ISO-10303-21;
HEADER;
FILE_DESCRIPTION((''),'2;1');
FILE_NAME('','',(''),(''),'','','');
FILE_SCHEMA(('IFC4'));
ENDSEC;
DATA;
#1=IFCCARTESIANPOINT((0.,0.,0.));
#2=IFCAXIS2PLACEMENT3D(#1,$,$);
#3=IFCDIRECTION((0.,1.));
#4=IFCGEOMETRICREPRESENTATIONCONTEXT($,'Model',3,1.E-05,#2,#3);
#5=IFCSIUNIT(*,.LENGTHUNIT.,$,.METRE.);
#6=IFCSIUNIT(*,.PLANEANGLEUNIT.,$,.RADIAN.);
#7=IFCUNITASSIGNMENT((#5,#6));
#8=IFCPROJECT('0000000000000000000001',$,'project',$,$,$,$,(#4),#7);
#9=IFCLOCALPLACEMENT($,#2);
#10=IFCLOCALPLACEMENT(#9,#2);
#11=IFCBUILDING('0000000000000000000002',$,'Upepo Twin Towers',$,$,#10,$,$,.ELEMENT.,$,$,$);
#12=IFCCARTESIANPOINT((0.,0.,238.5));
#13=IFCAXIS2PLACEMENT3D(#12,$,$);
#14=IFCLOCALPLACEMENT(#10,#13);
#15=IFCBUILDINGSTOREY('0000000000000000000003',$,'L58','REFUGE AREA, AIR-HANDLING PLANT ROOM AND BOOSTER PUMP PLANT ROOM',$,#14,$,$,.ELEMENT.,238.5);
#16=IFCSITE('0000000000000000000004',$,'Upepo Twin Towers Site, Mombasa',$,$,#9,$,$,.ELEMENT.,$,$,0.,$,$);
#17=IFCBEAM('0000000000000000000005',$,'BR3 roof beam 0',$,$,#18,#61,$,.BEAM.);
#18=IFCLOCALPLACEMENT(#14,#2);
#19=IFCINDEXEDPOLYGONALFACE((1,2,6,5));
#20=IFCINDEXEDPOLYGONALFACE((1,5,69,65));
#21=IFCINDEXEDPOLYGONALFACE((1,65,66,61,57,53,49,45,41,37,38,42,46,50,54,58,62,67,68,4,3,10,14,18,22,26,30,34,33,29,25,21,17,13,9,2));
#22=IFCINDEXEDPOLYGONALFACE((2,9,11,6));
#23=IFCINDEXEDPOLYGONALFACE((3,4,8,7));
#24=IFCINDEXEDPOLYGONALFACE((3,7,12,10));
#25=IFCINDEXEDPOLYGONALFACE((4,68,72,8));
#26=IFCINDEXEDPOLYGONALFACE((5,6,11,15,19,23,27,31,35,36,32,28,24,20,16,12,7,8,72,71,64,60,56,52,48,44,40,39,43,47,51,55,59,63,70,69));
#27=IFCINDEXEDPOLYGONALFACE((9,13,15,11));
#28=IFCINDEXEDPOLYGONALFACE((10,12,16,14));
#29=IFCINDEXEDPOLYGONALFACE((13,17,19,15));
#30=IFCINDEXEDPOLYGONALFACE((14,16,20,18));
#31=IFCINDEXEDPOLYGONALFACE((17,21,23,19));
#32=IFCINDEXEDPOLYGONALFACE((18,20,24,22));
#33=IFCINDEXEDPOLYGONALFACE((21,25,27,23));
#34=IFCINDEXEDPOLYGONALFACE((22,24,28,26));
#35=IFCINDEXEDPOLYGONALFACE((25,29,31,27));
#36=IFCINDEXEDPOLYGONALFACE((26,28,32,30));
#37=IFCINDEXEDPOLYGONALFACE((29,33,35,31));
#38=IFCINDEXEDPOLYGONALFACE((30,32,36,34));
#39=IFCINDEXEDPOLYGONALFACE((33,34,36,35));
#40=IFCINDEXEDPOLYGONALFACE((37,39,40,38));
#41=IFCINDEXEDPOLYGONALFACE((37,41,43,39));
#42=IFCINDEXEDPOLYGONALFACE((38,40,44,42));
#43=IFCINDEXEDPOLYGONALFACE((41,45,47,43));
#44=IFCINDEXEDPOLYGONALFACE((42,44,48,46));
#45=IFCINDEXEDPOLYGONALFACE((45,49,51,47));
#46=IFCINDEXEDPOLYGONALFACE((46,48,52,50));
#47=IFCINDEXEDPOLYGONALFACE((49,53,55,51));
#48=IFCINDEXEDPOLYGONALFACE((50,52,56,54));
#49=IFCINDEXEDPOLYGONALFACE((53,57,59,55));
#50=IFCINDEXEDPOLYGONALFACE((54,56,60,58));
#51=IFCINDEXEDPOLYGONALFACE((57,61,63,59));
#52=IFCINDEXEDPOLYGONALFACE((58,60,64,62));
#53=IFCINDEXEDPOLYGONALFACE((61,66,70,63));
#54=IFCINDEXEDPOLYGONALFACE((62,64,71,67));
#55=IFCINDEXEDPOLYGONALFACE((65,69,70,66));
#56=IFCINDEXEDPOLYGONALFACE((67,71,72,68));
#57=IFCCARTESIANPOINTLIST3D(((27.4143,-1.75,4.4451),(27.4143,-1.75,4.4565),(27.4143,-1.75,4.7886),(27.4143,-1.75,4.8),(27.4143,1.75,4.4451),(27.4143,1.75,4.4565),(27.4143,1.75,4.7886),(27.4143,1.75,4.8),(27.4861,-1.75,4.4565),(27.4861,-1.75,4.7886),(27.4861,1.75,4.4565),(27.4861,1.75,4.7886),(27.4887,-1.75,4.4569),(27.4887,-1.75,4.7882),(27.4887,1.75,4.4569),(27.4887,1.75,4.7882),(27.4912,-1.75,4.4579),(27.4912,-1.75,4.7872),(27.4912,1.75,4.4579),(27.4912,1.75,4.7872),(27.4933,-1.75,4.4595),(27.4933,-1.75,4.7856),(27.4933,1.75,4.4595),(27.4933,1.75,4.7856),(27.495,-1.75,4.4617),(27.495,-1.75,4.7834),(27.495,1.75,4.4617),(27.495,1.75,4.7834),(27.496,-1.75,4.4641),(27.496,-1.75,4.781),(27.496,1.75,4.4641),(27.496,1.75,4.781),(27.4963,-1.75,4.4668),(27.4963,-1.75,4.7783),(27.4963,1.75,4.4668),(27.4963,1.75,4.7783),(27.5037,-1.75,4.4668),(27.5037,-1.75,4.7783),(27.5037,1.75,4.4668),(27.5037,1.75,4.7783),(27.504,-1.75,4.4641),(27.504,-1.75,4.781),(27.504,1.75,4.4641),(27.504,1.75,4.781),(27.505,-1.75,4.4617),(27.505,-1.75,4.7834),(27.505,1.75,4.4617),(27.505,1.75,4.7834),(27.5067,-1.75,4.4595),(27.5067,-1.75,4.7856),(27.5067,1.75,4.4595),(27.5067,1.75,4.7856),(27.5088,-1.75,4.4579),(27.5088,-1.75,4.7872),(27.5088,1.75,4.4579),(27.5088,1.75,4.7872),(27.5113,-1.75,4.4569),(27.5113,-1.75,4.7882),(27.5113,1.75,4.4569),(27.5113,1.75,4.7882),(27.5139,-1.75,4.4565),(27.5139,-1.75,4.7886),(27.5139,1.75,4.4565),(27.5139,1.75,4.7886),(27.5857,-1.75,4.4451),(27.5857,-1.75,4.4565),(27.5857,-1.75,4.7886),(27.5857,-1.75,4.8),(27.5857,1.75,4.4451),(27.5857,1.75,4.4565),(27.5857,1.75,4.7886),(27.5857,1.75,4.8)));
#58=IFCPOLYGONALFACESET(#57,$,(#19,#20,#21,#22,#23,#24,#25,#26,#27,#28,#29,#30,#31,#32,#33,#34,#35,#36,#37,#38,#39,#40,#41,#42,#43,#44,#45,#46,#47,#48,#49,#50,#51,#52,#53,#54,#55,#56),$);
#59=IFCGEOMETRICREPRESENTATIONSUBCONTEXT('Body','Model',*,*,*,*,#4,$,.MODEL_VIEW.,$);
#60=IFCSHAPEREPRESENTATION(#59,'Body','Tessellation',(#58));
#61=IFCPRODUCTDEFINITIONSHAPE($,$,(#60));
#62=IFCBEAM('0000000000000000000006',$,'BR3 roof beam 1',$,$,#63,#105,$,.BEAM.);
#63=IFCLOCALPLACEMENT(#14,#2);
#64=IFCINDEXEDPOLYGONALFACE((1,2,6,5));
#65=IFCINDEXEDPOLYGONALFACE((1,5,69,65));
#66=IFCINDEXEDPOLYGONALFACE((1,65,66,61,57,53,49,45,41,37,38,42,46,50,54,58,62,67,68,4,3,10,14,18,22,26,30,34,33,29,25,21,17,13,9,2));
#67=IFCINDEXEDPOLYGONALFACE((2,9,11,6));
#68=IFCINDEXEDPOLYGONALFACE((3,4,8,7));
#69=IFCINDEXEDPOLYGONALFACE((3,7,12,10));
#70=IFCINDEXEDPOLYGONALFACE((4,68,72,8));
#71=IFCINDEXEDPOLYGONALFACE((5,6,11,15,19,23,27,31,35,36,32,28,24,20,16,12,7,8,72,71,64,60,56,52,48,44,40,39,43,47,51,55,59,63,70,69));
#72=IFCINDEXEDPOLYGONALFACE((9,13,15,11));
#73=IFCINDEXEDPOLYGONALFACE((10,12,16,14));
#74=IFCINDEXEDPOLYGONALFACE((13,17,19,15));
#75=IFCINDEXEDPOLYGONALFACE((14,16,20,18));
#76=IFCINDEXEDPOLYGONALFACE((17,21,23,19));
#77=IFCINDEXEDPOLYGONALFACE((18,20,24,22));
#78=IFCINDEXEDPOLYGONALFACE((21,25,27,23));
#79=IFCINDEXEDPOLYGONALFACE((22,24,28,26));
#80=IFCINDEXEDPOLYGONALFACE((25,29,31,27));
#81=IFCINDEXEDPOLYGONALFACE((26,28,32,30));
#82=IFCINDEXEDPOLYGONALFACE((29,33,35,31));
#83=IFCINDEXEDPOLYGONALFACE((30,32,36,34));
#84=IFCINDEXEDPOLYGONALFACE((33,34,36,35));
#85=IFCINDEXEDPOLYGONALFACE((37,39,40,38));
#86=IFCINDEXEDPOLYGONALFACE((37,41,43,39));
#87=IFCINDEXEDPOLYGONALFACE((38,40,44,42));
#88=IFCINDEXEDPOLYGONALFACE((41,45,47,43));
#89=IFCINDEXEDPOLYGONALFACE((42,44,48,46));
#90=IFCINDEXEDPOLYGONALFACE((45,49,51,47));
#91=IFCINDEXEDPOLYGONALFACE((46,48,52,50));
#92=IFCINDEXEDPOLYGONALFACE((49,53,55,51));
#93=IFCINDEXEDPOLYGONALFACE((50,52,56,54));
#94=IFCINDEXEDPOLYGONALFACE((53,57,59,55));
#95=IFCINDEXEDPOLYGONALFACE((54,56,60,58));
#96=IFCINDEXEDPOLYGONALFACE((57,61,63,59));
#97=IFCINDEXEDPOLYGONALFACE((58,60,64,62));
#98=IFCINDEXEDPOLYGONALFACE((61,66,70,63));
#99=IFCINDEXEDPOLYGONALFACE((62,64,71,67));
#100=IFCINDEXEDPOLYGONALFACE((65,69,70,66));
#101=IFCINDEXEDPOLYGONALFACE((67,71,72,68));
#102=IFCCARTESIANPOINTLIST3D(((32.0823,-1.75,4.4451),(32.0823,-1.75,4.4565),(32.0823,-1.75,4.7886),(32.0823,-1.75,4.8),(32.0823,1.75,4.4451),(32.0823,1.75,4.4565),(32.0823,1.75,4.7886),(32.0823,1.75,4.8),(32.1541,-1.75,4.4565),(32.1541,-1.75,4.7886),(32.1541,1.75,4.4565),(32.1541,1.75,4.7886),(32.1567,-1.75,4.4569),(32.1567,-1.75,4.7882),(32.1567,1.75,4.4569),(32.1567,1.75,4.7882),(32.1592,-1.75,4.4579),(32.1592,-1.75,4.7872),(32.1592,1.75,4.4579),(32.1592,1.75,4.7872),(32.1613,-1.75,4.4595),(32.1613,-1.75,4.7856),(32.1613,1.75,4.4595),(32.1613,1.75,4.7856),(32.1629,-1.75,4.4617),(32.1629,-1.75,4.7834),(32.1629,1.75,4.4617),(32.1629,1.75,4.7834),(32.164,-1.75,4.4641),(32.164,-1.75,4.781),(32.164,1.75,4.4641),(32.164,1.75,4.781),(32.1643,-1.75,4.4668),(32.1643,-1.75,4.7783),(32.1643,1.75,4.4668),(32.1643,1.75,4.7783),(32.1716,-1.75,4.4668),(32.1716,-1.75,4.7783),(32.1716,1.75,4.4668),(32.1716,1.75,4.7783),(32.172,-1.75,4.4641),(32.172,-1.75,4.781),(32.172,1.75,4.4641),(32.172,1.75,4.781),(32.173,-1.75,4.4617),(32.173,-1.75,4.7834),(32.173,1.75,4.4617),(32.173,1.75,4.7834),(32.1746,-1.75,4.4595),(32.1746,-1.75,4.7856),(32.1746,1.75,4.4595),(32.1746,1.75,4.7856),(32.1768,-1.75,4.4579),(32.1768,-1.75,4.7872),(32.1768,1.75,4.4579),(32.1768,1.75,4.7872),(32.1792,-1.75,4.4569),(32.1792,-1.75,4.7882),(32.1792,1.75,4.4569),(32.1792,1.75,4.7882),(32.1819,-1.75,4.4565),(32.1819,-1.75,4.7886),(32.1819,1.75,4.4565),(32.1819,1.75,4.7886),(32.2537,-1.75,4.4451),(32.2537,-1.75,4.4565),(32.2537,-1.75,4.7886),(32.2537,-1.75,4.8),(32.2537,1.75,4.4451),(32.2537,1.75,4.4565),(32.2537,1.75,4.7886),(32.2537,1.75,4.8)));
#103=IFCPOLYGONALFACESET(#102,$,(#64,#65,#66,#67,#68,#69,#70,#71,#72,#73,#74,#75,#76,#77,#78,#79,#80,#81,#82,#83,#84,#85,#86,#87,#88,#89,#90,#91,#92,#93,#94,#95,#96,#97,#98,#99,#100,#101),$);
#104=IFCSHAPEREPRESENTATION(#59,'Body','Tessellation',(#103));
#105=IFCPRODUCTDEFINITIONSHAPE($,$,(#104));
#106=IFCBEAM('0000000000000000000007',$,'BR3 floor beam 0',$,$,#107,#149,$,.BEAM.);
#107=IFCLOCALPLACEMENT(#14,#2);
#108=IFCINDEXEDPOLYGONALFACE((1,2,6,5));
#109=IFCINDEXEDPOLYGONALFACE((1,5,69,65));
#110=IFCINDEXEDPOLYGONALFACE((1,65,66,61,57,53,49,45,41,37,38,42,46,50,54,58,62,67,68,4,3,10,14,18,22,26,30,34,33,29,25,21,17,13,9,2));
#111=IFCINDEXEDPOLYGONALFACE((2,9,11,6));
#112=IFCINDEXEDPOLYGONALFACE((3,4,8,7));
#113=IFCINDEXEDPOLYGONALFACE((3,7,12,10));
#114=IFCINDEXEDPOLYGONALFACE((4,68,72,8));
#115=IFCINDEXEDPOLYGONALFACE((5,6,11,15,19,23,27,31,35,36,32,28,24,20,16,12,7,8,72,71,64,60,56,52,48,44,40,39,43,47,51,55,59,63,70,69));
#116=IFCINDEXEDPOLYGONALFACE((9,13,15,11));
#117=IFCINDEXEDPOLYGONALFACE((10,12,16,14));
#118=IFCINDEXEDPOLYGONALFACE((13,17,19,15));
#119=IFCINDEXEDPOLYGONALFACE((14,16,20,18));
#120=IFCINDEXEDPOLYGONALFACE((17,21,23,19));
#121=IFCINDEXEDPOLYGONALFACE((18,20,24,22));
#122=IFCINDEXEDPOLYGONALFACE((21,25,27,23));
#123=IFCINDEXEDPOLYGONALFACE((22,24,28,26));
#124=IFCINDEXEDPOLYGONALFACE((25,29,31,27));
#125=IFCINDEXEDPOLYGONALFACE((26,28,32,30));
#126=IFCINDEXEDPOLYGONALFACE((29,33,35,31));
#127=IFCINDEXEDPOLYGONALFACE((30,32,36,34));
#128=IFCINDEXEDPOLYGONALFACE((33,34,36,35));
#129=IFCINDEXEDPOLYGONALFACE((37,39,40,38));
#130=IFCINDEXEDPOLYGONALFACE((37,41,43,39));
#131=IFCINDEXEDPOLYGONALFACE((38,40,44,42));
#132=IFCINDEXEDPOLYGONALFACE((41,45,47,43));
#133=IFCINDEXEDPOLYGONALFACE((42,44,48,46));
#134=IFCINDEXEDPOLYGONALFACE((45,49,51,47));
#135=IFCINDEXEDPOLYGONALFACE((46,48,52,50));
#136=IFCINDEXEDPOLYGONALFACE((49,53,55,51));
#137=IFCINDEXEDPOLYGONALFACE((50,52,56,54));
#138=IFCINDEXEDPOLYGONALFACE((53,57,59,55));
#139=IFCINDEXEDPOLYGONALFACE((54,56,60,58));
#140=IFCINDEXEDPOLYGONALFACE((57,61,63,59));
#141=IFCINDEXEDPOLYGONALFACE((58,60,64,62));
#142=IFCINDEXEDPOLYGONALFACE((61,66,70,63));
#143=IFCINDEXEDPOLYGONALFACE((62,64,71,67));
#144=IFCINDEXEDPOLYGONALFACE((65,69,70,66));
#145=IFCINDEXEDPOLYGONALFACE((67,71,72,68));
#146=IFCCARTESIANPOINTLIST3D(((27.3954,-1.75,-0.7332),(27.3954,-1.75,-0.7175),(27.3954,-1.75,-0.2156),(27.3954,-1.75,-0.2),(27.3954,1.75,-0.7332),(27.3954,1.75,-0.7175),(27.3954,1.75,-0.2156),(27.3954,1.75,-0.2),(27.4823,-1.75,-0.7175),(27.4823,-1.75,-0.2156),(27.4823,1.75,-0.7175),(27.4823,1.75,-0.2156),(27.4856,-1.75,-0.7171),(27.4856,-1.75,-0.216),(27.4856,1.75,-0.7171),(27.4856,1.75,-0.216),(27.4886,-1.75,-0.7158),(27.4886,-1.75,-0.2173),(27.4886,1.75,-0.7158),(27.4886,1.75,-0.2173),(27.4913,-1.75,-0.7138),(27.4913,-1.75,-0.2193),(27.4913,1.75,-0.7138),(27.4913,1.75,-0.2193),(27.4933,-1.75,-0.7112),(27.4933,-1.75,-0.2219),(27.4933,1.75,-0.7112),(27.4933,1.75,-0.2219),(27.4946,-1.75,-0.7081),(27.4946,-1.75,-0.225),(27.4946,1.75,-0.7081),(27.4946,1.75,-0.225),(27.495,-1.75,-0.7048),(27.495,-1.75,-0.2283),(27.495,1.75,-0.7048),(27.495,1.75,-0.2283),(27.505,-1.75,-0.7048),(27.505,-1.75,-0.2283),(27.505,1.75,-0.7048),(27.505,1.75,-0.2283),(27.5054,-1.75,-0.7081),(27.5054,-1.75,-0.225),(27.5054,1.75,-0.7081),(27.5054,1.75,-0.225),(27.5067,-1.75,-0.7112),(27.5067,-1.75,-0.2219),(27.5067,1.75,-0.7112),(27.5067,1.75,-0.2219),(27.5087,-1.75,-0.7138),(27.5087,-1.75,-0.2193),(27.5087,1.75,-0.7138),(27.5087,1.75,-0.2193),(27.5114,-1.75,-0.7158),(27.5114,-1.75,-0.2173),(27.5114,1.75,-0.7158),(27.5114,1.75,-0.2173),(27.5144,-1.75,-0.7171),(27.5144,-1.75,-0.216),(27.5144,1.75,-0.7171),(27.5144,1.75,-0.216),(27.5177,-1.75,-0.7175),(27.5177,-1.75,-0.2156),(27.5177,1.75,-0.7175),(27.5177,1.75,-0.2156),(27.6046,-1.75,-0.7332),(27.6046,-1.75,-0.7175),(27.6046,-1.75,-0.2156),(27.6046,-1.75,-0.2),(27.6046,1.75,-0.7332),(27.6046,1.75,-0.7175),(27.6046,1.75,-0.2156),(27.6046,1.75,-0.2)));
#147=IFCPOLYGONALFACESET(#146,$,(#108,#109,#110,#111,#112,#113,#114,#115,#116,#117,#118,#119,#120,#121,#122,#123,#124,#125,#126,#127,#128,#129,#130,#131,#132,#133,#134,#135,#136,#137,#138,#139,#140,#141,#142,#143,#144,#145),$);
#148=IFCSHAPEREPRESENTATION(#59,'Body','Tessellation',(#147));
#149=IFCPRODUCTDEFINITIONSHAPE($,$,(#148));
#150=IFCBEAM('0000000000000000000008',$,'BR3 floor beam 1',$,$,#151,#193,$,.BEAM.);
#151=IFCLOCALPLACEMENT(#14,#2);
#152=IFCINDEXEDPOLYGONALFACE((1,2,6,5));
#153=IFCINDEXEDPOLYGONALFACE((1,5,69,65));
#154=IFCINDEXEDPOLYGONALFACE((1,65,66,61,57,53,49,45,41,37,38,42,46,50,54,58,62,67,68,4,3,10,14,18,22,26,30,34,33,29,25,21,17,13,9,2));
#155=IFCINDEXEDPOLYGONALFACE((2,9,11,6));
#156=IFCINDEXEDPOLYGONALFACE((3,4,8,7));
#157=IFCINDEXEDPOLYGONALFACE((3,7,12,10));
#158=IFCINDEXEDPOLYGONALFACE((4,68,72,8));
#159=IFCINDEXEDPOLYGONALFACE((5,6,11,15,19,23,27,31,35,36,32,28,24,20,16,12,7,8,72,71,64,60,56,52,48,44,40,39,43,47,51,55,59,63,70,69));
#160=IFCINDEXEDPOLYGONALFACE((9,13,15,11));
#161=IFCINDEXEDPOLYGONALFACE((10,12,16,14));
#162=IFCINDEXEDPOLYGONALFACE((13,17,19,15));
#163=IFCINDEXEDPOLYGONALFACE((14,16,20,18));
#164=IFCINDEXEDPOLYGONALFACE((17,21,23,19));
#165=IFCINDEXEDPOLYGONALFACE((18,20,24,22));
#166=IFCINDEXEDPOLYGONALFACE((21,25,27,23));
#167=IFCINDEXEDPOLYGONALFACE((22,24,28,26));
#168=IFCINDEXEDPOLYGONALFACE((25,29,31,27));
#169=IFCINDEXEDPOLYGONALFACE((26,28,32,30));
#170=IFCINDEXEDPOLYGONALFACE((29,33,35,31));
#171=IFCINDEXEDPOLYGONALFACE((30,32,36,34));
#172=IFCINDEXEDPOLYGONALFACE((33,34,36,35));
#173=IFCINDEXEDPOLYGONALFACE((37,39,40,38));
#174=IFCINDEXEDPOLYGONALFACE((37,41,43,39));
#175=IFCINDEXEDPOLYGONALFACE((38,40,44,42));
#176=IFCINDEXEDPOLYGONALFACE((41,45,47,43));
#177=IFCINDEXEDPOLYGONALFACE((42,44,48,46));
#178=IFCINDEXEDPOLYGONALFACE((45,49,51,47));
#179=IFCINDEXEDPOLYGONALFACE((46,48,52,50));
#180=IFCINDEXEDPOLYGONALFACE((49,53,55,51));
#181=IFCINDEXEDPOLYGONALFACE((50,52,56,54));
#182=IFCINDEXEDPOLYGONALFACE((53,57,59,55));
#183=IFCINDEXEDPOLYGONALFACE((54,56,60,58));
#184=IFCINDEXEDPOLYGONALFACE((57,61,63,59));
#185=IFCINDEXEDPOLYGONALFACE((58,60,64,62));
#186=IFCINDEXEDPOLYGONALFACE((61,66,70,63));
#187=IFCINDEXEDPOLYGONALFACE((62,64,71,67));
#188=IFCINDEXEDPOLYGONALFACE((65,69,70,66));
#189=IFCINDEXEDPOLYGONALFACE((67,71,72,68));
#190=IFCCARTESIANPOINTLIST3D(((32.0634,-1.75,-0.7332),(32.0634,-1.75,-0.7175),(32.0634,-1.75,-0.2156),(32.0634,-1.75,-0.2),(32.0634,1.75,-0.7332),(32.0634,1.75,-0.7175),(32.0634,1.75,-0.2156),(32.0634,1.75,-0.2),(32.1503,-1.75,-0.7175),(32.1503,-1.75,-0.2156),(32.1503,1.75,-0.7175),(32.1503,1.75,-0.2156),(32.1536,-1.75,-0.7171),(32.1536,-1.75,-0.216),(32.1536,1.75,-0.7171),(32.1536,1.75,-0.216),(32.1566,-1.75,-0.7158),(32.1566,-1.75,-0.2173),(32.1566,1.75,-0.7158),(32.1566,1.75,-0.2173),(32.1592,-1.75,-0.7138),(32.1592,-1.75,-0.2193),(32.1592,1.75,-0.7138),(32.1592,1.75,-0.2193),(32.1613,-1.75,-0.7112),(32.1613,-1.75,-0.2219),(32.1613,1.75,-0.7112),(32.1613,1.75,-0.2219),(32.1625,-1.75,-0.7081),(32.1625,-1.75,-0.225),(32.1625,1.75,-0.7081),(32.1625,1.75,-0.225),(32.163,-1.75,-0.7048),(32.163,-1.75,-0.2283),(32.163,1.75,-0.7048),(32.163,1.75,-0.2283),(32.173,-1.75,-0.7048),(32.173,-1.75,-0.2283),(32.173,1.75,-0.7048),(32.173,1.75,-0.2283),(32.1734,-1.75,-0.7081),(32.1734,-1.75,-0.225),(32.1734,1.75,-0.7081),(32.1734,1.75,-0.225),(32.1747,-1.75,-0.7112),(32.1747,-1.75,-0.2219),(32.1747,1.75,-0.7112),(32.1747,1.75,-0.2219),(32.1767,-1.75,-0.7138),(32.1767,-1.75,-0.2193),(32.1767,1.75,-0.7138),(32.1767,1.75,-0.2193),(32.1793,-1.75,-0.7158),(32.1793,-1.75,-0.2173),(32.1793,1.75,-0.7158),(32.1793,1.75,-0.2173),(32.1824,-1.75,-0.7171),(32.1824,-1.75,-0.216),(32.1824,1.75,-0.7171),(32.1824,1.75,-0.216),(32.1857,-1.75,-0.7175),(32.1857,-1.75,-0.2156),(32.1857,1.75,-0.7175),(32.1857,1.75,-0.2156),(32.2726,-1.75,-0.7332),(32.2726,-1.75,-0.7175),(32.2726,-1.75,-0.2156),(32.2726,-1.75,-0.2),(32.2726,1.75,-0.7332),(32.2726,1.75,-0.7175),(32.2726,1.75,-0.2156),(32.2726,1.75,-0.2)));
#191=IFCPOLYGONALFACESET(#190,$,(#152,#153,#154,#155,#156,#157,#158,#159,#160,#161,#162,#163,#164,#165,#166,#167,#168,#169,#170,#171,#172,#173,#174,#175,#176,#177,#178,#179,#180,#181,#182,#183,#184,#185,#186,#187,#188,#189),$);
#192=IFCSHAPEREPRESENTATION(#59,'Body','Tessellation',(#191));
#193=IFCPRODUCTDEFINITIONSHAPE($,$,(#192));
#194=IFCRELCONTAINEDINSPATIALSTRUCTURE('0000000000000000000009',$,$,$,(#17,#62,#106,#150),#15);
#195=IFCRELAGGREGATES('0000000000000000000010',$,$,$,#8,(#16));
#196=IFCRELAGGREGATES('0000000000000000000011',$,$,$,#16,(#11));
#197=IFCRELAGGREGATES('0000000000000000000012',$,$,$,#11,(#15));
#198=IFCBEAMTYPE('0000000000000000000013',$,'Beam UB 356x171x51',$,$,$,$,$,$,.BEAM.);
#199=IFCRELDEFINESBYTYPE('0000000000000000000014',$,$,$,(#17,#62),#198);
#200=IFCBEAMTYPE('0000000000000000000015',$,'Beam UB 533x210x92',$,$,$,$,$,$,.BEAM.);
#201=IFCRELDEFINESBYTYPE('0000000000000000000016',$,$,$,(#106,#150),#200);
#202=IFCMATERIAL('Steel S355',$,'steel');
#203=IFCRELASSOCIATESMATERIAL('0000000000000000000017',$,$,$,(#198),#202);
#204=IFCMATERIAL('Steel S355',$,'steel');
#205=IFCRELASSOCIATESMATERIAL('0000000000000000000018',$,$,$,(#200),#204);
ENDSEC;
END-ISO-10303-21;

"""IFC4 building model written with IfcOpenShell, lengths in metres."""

from ifc_helpers import new_model, si_unit, direction, frame, origin, origin_2d, place, context, subcontext, project, spatial, i_section, extrude, material, material_profile, profile_set, type_object, element, save


model = new_model("IFC4")

# Units and contexts
model_context = context("Model", 3, precision=1e-05, world=origin(), true_north=direction((0.0, 1.0)))
body_context = subcontext(model_context, "Body", "Model", "MODEL_VIEW")
ifc_project = project(units=[si_unit("LENGTHUNIT", "METRE"), si_unit("PLANEANGLEUNIT", "RADIAN")], contexts=[model_context])

# Site, building, storey
site_placement = place(None, origin())
site = spatial("IfcSite", under=ifc_project, at=site_placement, Name="Upepo Twin Towers Site, Mombasa", CompositionType="ELEMENT", RefElevation=0.0)
building_placement = place(site_placement, origin())
building = spatial("IfcBuilding", under=site, at=building_placement, Name="Upepo Twin Towers", CompositionType="ELEMENT")
storey_placement = place(building_placement, frame((0.0, 0.0, 238.5)))
storey = spatial("IfcBuildingStorey", under=building, at=storey_placement, Name="L58", Description="REFUGE AREA, AIR-HANDLING PLANT ROOM AND BOOSTER PUMP PLANT ROOM", CompositionType="ELEMENT", Elevation=238.5)

# Beams
ifc_material_1 = material(Name="Steel S355", Category="steel")
ifc_material_profile_1 = material_profile(ifc_material_1, i_section(OverallWidth=0.1714, OverallDepth=0.355, WebThickness=0.0073, FlangeThickness=0.0115, FilletRadius=0.0103, at=origin_2d()), Name="UB 356x171x51")
ifc_profile_set_1 = profile_set([ifc_material_profile_1], Name="Steel S355")
beam_type_1 = type_object("IfcBeamType", Name="Beam UB 356x171x51", PredefinedType="BEAM", material=ifc_profile_set_1)
for number, where, z_axis, x_axis, name in (
    (1, (27.5, -1.75, 4.6226), (0.0, 1.0, 0.0), (-1.0, 0.0, 0.0), "BR3 roof beam 0"),
    (2, (32.168, -1.75, 4.6226), (0.0, 1.0, 0.0), (-1.0, 0.0, 0.0), "BR3 roof beam 1"),
):
    element("IfcBeam", number, at=place(storey_placement, frame(where, z_axis=z_axis, x_axis=x_axis)), inside=storey, type_object=beam_type_1, Name=name, PredefinedType="BEAM", context=body_context, shape_type="SweptSolid", body=[
        extrude(i_section(OverallWidth=0.1714, OverallDepth=0.355, WebThickness=0.0073, FlangeThickness=0.0115, FilletRadius=0.0103, at=origin_2d()), origin(), (0.0, 0.0, 1.0), 3.5),
    ])
ifc_material_2 = material(Name="Steel S355", Category="steel")
ifc_material_profile_2 = material_profile(ifc_material_2, i_section(OverallWidth=0.2092, OverallDepth=0.5332, WebThickness=0.01, FlangeThickness=0.0156, FilletRadius=0.0127, at=origin_2d()), Name="UB 533x210x92")
ifc_profile_set_2 = profile_set([ifc_material_profile_2], Name="Steel S355")
beam_type_2 = type_object("IfcBeamType", Name="Beam UB 533x210x92", PredefinedType="BEAM", material=ifc_profile_set_2)
for number, where, z_axis, x_axis, name in (
    (3, (27.5, -1.75, -0.4666), (0.0, 1.0, 0.0), (-1.0, 0.0, 0.0), "BR3 floor beam 0"),
    (4, (32.168, -1.75, -0.4666), (0.0, 1.0, 0.0), (-1.0, 0.0, 0.0), "BR3 floor beam 1"),
):
    element("IfcBeam", number, at=place(storey_placement, frame(where, z_axis=z_axis, x_axis=x_axis)), inside=storey, type_object=beam_type_2, Name=name, PredefinedType="BEAM", context=body_context, shape_type="SweptSolid", body=[
        extrude(i_section(OverallWidth=0.2092, OverallDepth=0.5332, WebThickness=0.01, FlangeThickness=0.0156, FilletRadius=0.0127, at=origin_2d()), origin(), (0.0, 0.0, 1.0), 3.5),
    ])

save(model, "model.ifc")
